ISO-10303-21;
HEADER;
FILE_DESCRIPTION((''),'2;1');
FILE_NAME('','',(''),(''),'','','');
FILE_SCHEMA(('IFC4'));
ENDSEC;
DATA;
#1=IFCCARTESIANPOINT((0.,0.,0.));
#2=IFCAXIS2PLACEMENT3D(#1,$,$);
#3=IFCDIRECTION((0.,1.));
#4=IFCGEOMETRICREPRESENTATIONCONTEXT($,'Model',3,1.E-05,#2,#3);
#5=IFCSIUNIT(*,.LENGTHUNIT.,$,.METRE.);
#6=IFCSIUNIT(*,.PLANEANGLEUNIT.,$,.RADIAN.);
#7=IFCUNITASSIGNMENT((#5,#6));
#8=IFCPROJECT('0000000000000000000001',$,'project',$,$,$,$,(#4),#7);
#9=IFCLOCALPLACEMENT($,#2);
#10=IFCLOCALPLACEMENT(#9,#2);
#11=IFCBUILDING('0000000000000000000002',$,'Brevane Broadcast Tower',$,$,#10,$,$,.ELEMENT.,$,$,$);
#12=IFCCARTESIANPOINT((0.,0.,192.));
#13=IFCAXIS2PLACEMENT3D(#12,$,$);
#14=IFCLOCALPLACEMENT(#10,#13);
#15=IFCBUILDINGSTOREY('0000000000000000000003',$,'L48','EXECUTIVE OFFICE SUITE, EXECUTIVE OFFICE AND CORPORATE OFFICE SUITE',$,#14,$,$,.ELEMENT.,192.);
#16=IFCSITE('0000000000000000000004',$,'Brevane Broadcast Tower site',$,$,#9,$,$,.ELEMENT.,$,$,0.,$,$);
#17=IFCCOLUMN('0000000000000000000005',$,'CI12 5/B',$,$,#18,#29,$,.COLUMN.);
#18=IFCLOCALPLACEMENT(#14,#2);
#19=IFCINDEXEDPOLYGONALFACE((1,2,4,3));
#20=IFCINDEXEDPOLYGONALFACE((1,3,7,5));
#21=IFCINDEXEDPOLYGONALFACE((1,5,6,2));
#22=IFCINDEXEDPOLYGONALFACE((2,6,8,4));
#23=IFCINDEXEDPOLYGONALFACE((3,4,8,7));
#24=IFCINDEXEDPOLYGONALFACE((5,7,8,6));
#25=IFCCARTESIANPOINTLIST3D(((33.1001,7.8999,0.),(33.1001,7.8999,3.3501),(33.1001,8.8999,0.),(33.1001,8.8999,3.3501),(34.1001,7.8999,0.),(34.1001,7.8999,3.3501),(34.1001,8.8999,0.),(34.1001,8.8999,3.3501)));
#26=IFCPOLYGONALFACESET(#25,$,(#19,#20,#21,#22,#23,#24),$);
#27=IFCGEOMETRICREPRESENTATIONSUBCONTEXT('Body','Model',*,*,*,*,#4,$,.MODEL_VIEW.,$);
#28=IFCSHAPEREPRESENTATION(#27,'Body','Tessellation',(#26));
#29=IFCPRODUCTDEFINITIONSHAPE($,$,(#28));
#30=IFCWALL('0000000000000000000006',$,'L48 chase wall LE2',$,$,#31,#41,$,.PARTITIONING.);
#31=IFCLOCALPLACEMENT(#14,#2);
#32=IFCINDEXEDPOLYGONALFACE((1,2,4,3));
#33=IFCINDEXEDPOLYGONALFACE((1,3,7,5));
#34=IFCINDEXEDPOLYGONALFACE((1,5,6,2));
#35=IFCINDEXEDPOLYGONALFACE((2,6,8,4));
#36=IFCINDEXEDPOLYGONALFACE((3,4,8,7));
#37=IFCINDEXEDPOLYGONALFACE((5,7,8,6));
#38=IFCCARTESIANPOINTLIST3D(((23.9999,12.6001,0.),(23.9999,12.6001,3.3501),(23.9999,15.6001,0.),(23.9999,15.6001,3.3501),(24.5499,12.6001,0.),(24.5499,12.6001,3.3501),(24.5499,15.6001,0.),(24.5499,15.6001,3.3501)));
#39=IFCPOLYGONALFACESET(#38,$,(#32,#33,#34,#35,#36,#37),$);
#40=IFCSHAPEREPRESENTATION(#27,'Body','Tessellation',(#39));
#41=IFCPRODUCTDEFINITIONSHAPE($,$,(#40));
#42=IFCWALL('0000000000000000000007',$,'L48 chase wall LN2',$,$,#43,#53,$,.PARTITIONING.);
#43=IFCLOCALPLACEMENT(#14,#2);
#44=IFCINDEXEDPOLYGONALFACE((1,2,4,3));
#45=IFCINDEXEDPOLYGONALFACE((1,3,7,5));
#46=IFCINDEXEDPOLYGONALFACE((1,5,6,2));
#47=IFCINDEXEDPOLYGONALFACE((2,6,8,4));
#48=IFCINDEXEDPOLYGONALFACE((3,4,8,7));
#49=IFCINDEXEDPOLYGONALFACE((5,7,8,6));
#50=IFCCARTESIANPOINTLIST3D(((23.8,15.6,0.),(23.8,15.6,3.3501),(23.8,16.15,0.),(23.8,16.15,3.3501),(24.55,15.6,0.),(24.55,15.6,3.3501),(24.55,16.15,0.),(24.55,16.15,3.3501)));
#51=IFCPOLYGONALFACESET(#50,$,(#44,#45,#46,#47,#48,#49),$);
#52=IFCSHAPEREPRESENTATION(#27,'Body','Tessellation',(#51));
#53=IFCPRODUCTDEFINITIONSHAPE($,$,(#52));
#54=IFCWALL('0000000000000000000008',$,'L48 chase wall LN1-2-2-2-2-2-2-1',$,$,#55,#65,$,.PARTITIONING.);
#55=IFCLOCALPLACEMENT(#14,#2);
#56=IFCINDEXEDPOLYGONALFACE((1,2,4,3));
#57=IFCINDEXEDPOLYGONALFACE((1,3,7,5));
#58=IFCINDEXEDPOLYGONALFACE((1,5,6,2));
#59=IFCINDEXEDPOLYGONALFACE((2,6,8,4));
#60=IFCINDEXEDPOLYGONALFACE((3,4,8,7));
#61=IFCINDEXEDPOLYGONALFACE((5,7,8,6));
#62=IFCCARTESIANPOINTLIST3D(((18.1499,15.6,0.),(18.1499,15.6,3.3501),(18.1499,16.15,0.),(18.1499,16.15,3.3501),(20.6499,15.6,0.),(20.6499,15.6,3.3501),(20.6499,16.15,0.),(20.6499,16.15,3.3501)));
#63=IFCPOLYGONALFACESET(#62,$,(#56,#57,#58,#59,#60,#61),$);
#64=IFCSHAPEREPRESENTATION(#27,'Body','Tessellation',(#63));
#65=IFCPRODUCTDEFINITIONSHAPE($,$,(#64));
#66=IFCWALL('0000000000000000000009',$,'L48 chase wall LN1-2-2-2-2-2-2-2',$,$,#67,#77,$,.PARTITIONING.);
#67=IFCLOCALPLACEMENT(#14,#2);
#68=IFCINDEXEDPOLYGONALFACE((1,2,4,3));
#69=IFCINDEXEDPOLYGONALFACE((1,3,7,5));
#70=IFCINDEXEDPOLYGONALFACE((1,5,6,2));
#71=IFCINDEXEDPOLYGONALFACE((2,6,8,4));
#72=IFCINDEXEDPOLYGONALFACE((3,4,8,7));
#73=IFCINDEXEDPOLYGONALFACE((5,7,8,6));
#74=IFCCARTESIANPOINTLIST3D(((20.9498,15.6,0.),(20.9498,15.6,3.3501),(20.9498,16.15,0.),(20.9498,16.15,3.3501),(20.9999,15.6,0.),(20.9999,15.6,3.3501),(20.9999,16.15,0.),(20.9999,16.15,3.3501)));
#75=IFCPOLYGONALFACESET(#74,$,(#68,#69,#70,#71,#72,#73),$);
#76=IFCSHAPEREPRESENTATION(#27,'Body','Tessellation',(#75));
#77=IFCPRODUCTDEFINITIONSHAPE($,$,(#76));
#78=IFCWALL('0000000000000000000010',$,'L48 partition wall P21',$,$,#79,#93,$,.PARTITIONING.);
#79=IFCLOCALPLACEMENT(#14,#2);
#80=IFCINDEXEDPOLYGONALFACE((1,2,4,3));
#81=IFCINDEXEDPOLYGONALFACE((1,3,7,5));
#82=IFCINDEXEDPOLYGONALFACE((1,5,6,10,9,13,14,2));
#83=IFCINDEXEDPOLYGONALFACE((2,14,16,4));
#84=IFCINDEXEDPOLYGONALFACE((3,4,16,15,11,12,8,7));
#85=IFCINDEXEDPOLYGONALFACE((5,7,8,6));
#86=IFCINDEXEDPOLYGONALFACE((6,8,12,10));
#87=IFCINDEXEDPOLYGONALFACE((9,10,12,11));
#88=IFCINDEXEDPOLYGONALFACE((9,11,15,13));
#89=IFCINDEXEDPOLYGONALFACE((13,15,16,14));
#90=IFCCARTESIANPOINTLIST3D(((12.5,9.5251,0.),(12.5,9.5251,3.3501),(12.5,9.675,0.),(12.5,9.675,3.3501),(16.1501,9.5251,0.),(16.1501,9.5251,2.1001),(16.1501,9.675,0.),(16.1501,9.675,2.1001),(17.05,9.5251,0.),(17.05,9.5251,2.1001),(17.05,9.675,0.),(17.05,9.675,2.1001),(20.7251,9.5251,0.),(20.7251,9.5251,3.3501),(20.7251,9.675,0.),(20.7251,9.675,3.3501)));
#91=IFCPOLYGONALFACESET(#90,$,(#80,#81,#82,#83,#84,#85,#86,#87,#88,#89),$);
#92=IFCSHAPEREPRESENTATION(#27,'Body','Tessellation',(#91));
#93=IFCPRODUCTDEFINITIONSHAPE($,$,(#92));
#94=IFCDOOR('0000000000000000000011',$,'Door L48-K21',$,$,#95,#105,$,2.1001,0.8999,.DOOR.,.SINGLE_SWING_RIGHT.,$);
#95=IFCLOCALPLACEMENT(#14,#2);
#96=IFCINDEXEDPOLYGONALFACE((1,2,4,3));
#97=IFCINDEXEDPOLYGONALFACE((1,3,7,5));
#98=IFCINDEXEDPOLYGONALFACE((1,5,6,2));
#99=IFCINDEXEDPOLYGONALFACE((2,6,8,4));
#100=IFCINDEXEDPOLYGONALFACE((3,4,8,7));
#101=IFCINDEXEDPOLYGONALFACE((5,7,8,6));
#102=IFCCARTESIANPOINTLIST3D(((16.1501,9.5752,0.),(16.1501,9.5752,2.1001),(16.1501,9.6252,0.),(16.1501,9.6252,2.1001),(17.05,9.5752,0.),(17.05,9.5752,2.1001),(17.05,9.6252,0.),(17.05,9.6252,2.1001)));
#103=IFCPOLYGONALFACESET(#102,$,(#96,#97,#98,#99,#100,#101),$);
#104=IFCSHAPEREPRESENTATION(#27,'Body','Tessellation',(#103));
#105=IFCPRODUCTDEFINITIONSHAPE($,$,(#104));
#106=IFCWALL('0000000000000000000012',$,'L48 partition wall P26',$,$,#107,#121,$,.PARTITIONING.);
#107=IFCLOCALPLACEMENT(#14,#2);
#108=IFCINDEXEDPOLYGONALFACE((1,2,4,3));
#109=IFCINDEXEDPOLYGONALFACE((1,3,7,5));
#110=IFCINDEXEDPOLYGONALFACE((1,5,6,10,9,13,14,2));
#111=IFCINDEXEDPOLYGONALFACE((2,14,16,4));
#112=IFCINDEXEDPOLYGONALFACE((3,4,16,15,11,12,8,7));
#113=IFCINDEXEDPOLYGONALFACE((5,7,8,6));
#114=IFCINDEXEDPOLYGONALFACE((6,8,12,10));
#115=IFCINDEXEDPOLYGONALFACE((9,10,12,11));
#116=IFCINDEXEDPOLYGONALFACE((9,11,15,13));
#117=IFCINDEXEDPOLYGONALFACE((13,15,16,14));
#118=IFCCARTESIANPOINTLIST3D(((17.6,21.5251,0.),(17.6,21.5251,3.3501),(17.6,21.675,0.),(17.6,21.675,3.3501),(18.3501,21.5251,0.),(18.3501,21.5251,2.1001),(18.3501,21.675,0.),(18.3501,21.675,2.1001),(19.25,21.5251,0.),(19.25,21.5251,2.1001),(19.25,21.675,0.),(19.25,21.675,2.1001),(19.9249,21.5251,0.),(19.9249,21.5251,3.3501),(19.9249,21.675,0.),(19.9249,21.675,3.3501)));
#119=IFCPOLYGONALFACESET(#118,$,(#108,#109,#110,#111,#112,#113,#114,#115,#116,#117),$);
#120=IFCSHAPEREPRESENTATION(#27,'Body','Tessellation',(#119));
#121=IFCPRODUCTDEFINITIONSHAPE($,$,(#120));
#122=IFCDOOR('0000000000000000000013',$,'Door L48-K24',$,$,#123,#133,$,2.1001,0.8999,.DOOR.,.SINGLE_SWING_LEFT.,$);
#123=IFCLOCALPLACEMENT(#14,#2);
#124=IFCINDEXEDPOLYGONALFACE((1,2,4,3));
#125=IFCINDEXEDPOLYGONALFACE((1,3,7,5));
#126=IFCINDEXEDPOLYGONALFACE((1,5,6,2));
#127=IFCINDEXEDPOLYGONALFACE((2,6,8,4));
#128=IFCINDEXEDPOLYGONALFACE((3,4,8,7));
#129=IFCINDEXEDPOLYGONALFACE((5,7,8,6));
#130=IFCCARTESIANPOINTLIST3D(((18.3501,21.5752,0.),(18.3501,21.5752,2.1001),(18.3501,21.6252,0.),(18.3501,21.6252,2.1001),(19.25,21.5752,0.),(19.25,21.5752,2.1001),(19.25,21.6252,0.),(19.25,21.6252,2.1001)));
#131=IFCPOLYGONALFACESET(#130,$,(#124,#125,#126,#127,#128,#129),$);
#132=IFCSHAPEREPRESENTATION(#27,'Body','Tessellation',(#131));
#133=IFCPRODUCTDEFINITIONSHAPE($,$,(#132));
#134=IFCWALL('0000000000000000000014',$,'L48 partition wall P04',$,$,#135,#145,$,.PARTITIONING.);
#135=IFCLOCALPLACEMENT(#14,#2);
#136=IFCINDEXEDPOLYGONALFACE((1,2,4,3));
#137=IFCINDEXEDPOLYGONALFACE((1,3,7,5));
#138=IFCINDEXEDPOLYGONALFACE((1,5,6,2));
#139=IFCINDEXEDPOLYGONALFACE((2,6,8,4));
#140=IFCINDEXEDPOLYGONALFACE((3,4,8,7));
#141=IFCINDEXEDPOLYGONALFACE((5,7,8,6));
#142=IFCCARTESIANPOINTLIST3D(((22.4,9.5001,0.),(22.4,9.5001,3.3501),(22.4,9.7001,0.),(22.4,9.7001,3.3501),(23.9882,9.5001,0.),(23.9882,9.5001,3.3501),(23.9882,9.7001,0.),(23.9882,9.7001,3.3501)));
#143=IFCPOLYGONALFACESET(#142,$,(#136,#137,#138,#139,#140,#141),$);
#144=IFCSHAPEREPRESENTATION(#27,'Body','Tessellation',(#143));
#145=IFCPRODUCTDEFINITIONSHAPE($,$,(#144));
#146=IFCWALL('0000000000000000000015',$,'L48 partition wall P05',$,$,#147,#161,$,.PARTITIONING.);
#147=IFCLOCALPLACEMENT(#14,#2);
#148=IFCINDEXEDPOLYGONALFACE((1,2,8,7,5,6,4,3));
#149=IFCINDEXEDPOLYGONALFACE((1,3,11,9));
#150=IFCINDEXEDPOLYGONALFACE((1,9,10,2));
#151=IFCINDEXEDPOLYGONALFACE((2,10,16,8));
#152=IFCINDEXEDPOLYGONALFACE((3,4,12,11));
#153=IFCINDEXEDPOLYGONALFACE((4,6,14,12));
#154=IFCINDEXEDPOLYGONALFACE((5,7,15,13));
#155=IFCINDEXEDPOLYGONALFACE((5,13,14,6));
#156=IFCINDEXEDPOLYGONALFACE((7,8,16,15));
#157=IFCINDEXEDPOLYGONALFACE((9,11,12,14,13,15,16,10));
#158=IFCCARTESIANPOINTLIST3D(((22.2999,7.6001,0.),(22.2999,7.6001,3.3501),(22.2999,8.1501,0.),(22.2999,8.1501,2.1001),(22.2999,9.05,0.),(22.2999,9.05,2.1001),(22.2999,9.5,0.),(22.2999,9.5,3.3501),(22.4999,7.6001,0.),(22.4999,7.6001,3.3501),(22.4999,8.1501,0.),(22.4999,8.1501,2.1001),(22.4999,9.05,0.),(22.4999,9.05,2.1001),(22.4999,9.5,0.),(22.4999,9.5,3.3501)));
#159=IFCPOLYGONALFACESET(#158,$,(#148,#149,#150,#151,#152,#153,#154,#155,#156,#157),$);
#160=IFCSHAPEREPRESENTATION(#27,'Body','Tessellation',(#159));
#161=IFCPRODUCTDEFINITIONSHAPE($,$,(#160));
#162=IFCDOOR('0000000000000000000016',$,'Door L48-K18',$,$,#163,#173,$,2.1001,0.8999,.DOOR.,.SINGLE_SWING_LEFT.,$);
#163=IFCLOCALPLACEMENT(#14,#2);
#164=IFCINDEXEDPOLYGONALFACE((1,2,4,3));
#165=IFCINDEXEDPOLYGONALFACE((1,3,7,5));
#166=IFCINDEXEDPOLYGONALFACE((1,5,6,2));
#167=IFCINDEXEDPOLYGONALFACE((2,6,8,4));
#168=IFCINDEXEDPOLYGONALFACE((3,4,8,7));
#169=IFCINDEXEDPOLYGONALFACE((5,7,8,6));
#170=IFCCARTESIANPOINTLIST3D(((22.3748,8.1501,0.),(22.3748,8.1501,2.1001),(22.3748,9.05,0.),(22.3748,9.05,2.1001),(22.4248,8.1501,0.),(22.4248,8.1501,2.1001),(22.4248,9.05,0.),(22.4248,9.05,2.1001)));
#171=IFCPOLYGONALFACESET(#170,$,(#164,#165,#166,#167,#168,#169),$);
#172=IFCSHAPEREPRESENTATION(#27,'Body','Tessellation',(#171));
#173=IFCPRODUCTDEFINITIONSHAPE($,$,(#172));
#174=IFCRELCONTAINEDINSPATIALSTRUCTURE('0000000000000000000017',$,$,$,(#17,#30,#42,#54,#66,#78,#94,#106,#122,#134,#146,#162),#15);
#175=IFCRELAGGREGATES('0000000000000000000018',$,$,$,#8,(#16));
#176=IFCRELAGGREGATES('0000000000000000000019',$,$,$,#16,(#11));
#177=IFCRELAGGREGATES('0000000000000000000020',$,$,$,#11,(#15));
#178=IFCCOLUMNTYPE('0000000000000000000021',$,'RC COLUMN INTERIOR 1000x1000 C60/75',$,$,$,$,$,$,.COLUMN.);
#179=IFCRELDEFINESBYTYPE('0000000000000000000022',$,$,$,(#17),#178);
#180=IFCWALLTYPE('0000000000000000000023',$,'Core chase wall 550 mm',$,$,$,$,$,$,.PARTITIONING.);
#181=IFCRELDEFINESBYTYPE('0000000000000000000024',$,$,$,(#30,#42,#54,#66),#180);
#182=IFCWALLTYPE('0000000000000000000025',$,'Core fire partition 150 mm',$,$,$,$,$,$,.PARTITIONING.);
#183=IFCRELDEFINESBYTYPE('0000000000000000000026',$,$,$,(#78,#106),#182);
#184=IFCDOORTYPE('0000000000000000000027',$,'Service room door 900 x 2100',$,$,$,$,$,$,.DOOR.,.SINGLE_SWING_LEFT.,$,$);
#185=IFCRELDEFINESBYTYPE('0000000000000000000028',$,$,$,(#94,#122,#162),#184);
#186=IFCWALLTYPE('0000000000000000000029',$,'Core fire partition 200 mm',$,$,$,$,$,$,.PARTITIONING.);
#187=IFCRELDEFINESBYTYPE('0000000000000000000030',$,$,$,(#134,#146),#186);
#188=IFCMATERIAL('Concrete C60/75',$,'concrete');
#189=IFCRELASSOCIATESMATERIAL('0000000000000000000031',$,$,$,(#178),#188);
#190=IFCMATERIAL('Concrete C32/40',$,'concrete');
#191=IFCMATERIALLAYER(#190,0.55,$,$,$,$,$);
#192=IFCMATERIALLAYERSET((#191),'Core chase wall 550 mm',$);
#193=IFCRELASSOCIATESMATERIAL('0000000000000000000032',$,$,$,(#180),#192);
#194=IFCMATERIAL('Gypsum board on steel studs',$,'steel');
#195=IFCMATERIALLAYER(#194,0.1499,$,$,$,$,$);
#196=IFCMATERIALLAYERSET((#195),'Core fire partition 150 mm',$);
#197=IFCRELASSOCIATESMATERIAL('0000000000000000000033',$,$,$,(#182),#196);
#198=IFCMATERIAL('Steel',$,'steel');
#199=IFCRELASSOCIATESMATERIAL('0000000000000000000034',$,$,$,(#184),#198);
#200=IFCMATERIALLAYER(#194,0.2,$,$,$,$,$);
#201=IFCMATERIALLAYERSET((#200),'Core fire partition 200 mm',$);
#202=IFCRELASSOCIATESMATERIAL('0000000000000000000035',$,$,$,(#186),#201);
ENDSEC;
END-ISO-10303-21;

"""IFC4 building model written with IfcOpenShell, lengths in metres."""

from ifc_helpers import new_model, si_unit, direction, frame, frame_2d, origin, origin_2d, place, context, subcontext, project, spatial, rectangle, extrude, material, layer, layer_set, material_profile, profile_set, type_object, element, fill, save


model = new_model("IFC4")

# Units and contexts
model_context = context("Model", 3, precision=1e-05, world=origin(), true_north=direction((0.0, 1.0)))
body_context = subcontext(model_context, "Body", "Model", "MODEL_VIEW")
ifc_project = project(units=[si_unit("LENGTHUNIT", "METRE"), si_unit("PLANEANGLEUNIT", "RADIAN")], contexts=[model_context])

# Site, building, storey
site_placement = place(None, origin())
site = spatial("IfcSite", under=ifc_project, at=site_placement, Name="Brevane Broadcast Tower site", CompositionType="ELEMENT", RefElevation=0.0)
building_placement = place(site_placement, origin())
building = spatial("IfcBuilding", under=site, at=building_placement, Name="Brevane Broadcast Tower", CompositionType="ELEMENT")
storey_placement = place(building_placement, frame((0.0, 0.0, 192.0)))
storey = spatial("IfcBuildingStorey", under=building, at=storey_placement, Name="L48", Description="EXECUTIVE OFFICE SUITE, EXECUTIVE OFFICE AND CORPORATE OFFICE SUITE", CompositionType="ELEMENT", Elevation=192.0)

# Column
ifc_material_1 = material(Name="Concrete C60/75", Category="concrete")
ifc_material_profile = material_profile(ifc_material_1, rectangle(XDim=1.0, YDim=1.0, at=origin_2d()), Name="RC 1000x1000")
ifc_profile_set = profile_set([ifc_material_profile], Name="Concrete C60/75")
column_type = type_object("IfcColumnType", Name="RC COLUMN INTERIOR 1000x1000 C60/75", PredefinedType="COLUMN", material=ifc_profile_set)
column_placement = place(storey_placement, frame((33.6001, 8.3999, 0.0), z_axis=(0.0, 0.0, 1.0), x_axis=(1.0, 0.0, 0.0)))
element("IfcColumn", 1, at=column_placement, inside=storey, type_object=column_type, Name="CI12 5/B", PredefinedType="COLUMN", context=body_context, shape_type="SweptSolid", body=[
    extrude(rectangle(XDim=1.0, YDim=1.0, at=origin_2d()), origin(), (0.0, 0.0, 1.0), 3.3501),
])

# Walls
ifc_material_2 = material(Name="Concrete C32/40", Category="concrete")
ifc_layer_1 = layer(ifc_material_2, 0.55)
ifc_layer_set_1 = layer_set([ifc_layer_1], Name="Core chase wall 550 mm")
wall_type_1 = type_object("IfcWallType", Name="Core chase wall 550 mm", PredefinedType="PARTITIONING", material=ifc_layer_set_1)
wall_1_placement = place(storey_placement, frame((24.2749, 12.6001, 0.0), z_axis=(0.0, 0.0, 1.0), x_axis=(0.0, 1.0, 0.0)))
element("IfcWall", 2, at=wall_1_placement, inside=storey, type_object=wall_type_1, Name="L48 chase wall LE2", PredefinedType="PARTITIONING", context=body_context, shape_type="SweptSolid", body=[
    extrude(rectangle(XDim=3.0, YDim=0.55, at=frame_2d((1.5, 0.0))), origin(), (0.0, 0.0, 1.0), 3.3501),
])
wall_2_placement = place(storey_placement, frame((23.8, 15.875, 0.0), z_axis=(0.0, 0.0, 1.0), x_axis=(1.0, 0.0, 0.0)))
element("IfcWall", 3, at=wall_2_placement, inside=storey, type_object=wall_type_1, Name="L48 chase wall LN2", PredefinedType="PARTITIONING", context=body_context, shape_type="SweptSolid", body=[
    extrude(rectangle(XDim=0.75, YDim=0.55, at=frame_2d((0.375, 0.0))), origin(), (0.0, 0.0, 1.0), 3.3501),
])
wall_3_placement = place(storey_placement, frame((18.1499, 15.875, 0.0), z_axis=(0.0, 0.0, 1.0), x_axis=(1.0, 0.0, 0.0)))
element("IfcWall", 4, at=wall_3_placement, inside=storey, type_object=wall_type_1, Name="L48 chase wall LN1-2-2-2-2-2-2-1", PredefinedType="PARTITIONING", context=body_context, shape_type="SweptSolid", body=[
    extrude(rectangle(XDim=2.5, YDim=0.55, at=frame_2d((1.25, 0.0))), origin(), (0.0, 0.0, 1.0), 3.3501),
])
wall_4_placement = place(storey_placement, frame((20.95, 15.875, 0.0), z_axis=(0.0, 0.0, 1.0), x_axis=(1.0, 0.0, 0.0)))
element("IfcWall", 5, at=wall_4_placement, inside=storey, type_object=wall_type_1, Name="L48 chase wall LN1-2-2-2-2-2-2-2", PredefinedType="PARTITIONING", context=body_context, shape_type="SweptSolid", body=[
    extrude(rectangle(XDim=0.05, YDim=0.55, at=frame_2d((0.0249, 0.0))), origin(), (0.0, 0.0, 1.0), 3.3501),
])

# Walls, openings, doors
ifc_material_3 = material(Name="Gypsum board on steel studs", Category="steel")
ifc_layer_2 = layer(ifc_material_3, 0.1499)
ifc_layer_set_2 = layer_set([ifc_layer_2], Name="Core fire partition 150 mm")
wall_type_2 = type_object("IfcWallType", Name="Core fire partition 150 mm", PredefinedType="PARTITIONING", material=ifc_layer_set_2)
wall_5_placement = place(storey_placement, frame((20.7251, 9.6001, 0.0), z_axis=(0.0, 0.0, 1.0), x_axis=(-1.0, 0.0, 0.0)))
wall_5 = element("IfcWall", 6, at=wall_5_placement, inside=storey, type_object=wall_type_2, Name="L48 partition wall P21", PredefinedType="PARTITIONING", context=body_context, shape_type="SweptSolid", body=[
    extrude(rectangle(XDim=8.2251, YDim=0.1499, at=frame_2d((4.1125, 0.0))), origin(), (0.0, 0.0, 1.0), 3.3501),
])
opening_1_placement = place(wall_5_placement, frame((3.675, 0.0, 0.0)))
opening_1 = element("IfcOpeningElement", 7, at=opening_1_placement, cuts=wall_5, PredefinedType="OPENING", context=body_context, shape_type="SweptSolid", body=[
    extrude(rectangle(XDim=0.8999, YDim=2.1001, at=frame_2d((0.45, 1.05))), frame((0.0, 0.085, 0.0), z_axis=(0.0, -1.0, 0.0), x_axis=(1.0, 0.0, 0.0)), (0.0, 0.0, 1.0), 0.1699),
])
ifc_material_4 = material(Name="Steel", Category="steel")
door_type_1 = type_object("IfcDoorType", Name="Service room door 900 x 2100", OperationType="SINGLE_SWING_LEFT", PredefinedType="DOOR", material=ifc_material_4)
door_1_placement = place(opening_1_placement, origin())
door_1 = element("IfcDoor", 8, at=door_1_placement, inside=storey, type_object=door_type_1, Name="Door L48-K21", OperationType="SINGLE_SWING_RIGHT", OverallHeight=2.1001, OverallWidth=0.8999, PredefinedType="DOOR", context=body_context, shape_type="SweptSolid", body=[
    extrude(rectangle(XDim=0.8999, YDim=2.1001, at=frame_2d((0.45, 1.05))), frame((0.0, 0.0249, 0.0), z_axis=(0.0, -1.0, 0.0), x_axis=(1.0, 0.0, 0.0)), (0.0, 0.0, 1.0), 0.05),
])
fill(opening_1, door_1)
wall_6_placement = place(storey_placement, frame((19.925, 21.6001, 0.0), z_axis=(0.0, 0.0, 1.0), x_axis=(-1.0, 0.0, 0.0)))
wall_6 = element("IfcWall", 9, at=wall_6_placement, inside=storey, type_object=wall_type_2, Name="L48 partition wall P26", PredefinedType="PARTITIONING", context=body_context, shape_type="SweptSolid", body=[
    extrude(rectangle(XDim=2.325, YDim=0.1499, at=frame_2d((1.1626, 0.0))), origin(), (0.0, 0.0, 1.0), 3.3501),
])
opening_2_placement = place(wall_6_placement, frame((0.675, 0.0, 0.0)))
opening_2 = element("IfcOpeningElement", 10, at=opening_2_placement, cuts=wall_6, PredefinedType="OPENING", context=body_context, shape_type="SweptSolid", body=[
    extrude(rectangle(XDim=0.8999, YDim=2.1001, at=frame_2d((0.45, 1.05))), frame((0.0, 0.085, 0.0), z_axis=(0.0, -1.0, 0.0), x_axis=(1.0, 0.0, 0.0)), (0.0, 0.0, 1.0), 0.1699),
])
door_2_placement = place(opening_2_placement, origin())
door_2 = element("IfcDoor", 11, at=door_2_placement, inside=storey, type_object=door_type_1, Name="Door L48-K24", OperationType="SINGLE_SWING_LEFT", OverallHeight=2.1001, OverallWidth=0.8999, PredefinedType="DOOR", context=body_context, shape_type="SweptSolid", body=[
    extrude(rectangle(XDim=0.8999, YDim=2.1001, at=frame_2d((0.45, 1.05))), frame((0.0, 0.0249, 0.0), z_axis=(0.0, -1.0, 0.0), x_axis=(1.0, 0.0, 0.0)), (0.0, 0.0, 1.0), 0.05),
])
fill(opening_2, door_2)

# Wall
ifc_layer_3 = layer(ifc_material_3, 0.2)
ifc_layer_set_3 = layer_set([ifc_layer_3], Name="Core fire partition 200 mm")
wall_type_3 = type_object("IfcWallType", Name="Core fire partition 200 mm", PredefinedType="PARTITIONING", material=ifc_layer_set_3)
wall_7_placement = place(storey_placement, frame((23.988, 9.6001, 0.0), z_axis=(0.0, 0.0, 1.0), x_axis=(-1.0, 0.0, 0.0)))
element("IfcWall", 12, at=wall_7_placement, inside=storey, type_object=wall_type_3, Name="L48 partition wall P04", PredefinedType="PARTITIONING", context=body_context, shape_type="SweptSolid", body=[
    extrude(rectangle(XDim=1.5881, YDim=0.2, at=frame_2d((0.7939, 0.0))), origin(), (0.0, 0.0, 1.0), 3.3501),
])

# Wall, opening, door
wall_8_placement = place(storey_placement, frame((22.3999, 9.5, 0.0), z_axis=(0.0, 0.0, 1.0), x_axis=(0.0, -1.0, 0.0)))
wall_8 = element("IfcWall", 13, at=wall_8_placement, inside=storey, type_object=wall_type_3, Name="L48 partition wall P05", PredefinedType="PARTITIONING", context=body_context, shape_type="SweptSolid", body=[
    extrude(rectangle(XDim=1.8999, YDim=0.2, at=frame_2d((0.95, 0.0))), origin(), (0.0, 0.0, 1.0), 3.3501),
])
opening_3_placement = place(wall_8_placement, frame((0.45, 0.0, 0.0)))
opening_3 = element("IfcOpeningElement", 14, at=opening_3_placement, cuts=wall_8, PredefinedType="OPENING", context=body_context, shape_type="SweptSolid", body=[
    extrude(rectangle(XDim=0.8999, YDim=2.1001, at=frame_2d((0.45, 1.05))), frame((0.0, 0.1099, 0.0), z_axis=(0.0, -1.0, 0.0), x_axis=(1.0, 0.0, 0.0)), (0.0, 0.0, 1.0), 0.22),
])
door_3_placement = place(opening_3_placement, origin())
door_3 = element("IfcDoor", 15, at=door_3_placement, inside=storey, type_object=door_type_1, Name="Door L48-K18", OperationType="SINGLE_SWING_LEFT", OverallHeight=2.1001, OverallWidth=0.8999, PredefinedType="DOOR", context=body_context, shape_type="SweptSolid", body=[
    extrude(rectangle(XDim=0.8999, YDim=2.1001, at=frame_2d((0.45, 1.05))), frame((0.0, 0.0249, 0.0), z_axis=(0.0, -1.0, 0.0), x_axis=(1.0, 0.0, 0.0)), (0.0, 0.0, 1.0), 0.05),
])
fill(opening_3, door_3)

save(model, "model.ifc")
